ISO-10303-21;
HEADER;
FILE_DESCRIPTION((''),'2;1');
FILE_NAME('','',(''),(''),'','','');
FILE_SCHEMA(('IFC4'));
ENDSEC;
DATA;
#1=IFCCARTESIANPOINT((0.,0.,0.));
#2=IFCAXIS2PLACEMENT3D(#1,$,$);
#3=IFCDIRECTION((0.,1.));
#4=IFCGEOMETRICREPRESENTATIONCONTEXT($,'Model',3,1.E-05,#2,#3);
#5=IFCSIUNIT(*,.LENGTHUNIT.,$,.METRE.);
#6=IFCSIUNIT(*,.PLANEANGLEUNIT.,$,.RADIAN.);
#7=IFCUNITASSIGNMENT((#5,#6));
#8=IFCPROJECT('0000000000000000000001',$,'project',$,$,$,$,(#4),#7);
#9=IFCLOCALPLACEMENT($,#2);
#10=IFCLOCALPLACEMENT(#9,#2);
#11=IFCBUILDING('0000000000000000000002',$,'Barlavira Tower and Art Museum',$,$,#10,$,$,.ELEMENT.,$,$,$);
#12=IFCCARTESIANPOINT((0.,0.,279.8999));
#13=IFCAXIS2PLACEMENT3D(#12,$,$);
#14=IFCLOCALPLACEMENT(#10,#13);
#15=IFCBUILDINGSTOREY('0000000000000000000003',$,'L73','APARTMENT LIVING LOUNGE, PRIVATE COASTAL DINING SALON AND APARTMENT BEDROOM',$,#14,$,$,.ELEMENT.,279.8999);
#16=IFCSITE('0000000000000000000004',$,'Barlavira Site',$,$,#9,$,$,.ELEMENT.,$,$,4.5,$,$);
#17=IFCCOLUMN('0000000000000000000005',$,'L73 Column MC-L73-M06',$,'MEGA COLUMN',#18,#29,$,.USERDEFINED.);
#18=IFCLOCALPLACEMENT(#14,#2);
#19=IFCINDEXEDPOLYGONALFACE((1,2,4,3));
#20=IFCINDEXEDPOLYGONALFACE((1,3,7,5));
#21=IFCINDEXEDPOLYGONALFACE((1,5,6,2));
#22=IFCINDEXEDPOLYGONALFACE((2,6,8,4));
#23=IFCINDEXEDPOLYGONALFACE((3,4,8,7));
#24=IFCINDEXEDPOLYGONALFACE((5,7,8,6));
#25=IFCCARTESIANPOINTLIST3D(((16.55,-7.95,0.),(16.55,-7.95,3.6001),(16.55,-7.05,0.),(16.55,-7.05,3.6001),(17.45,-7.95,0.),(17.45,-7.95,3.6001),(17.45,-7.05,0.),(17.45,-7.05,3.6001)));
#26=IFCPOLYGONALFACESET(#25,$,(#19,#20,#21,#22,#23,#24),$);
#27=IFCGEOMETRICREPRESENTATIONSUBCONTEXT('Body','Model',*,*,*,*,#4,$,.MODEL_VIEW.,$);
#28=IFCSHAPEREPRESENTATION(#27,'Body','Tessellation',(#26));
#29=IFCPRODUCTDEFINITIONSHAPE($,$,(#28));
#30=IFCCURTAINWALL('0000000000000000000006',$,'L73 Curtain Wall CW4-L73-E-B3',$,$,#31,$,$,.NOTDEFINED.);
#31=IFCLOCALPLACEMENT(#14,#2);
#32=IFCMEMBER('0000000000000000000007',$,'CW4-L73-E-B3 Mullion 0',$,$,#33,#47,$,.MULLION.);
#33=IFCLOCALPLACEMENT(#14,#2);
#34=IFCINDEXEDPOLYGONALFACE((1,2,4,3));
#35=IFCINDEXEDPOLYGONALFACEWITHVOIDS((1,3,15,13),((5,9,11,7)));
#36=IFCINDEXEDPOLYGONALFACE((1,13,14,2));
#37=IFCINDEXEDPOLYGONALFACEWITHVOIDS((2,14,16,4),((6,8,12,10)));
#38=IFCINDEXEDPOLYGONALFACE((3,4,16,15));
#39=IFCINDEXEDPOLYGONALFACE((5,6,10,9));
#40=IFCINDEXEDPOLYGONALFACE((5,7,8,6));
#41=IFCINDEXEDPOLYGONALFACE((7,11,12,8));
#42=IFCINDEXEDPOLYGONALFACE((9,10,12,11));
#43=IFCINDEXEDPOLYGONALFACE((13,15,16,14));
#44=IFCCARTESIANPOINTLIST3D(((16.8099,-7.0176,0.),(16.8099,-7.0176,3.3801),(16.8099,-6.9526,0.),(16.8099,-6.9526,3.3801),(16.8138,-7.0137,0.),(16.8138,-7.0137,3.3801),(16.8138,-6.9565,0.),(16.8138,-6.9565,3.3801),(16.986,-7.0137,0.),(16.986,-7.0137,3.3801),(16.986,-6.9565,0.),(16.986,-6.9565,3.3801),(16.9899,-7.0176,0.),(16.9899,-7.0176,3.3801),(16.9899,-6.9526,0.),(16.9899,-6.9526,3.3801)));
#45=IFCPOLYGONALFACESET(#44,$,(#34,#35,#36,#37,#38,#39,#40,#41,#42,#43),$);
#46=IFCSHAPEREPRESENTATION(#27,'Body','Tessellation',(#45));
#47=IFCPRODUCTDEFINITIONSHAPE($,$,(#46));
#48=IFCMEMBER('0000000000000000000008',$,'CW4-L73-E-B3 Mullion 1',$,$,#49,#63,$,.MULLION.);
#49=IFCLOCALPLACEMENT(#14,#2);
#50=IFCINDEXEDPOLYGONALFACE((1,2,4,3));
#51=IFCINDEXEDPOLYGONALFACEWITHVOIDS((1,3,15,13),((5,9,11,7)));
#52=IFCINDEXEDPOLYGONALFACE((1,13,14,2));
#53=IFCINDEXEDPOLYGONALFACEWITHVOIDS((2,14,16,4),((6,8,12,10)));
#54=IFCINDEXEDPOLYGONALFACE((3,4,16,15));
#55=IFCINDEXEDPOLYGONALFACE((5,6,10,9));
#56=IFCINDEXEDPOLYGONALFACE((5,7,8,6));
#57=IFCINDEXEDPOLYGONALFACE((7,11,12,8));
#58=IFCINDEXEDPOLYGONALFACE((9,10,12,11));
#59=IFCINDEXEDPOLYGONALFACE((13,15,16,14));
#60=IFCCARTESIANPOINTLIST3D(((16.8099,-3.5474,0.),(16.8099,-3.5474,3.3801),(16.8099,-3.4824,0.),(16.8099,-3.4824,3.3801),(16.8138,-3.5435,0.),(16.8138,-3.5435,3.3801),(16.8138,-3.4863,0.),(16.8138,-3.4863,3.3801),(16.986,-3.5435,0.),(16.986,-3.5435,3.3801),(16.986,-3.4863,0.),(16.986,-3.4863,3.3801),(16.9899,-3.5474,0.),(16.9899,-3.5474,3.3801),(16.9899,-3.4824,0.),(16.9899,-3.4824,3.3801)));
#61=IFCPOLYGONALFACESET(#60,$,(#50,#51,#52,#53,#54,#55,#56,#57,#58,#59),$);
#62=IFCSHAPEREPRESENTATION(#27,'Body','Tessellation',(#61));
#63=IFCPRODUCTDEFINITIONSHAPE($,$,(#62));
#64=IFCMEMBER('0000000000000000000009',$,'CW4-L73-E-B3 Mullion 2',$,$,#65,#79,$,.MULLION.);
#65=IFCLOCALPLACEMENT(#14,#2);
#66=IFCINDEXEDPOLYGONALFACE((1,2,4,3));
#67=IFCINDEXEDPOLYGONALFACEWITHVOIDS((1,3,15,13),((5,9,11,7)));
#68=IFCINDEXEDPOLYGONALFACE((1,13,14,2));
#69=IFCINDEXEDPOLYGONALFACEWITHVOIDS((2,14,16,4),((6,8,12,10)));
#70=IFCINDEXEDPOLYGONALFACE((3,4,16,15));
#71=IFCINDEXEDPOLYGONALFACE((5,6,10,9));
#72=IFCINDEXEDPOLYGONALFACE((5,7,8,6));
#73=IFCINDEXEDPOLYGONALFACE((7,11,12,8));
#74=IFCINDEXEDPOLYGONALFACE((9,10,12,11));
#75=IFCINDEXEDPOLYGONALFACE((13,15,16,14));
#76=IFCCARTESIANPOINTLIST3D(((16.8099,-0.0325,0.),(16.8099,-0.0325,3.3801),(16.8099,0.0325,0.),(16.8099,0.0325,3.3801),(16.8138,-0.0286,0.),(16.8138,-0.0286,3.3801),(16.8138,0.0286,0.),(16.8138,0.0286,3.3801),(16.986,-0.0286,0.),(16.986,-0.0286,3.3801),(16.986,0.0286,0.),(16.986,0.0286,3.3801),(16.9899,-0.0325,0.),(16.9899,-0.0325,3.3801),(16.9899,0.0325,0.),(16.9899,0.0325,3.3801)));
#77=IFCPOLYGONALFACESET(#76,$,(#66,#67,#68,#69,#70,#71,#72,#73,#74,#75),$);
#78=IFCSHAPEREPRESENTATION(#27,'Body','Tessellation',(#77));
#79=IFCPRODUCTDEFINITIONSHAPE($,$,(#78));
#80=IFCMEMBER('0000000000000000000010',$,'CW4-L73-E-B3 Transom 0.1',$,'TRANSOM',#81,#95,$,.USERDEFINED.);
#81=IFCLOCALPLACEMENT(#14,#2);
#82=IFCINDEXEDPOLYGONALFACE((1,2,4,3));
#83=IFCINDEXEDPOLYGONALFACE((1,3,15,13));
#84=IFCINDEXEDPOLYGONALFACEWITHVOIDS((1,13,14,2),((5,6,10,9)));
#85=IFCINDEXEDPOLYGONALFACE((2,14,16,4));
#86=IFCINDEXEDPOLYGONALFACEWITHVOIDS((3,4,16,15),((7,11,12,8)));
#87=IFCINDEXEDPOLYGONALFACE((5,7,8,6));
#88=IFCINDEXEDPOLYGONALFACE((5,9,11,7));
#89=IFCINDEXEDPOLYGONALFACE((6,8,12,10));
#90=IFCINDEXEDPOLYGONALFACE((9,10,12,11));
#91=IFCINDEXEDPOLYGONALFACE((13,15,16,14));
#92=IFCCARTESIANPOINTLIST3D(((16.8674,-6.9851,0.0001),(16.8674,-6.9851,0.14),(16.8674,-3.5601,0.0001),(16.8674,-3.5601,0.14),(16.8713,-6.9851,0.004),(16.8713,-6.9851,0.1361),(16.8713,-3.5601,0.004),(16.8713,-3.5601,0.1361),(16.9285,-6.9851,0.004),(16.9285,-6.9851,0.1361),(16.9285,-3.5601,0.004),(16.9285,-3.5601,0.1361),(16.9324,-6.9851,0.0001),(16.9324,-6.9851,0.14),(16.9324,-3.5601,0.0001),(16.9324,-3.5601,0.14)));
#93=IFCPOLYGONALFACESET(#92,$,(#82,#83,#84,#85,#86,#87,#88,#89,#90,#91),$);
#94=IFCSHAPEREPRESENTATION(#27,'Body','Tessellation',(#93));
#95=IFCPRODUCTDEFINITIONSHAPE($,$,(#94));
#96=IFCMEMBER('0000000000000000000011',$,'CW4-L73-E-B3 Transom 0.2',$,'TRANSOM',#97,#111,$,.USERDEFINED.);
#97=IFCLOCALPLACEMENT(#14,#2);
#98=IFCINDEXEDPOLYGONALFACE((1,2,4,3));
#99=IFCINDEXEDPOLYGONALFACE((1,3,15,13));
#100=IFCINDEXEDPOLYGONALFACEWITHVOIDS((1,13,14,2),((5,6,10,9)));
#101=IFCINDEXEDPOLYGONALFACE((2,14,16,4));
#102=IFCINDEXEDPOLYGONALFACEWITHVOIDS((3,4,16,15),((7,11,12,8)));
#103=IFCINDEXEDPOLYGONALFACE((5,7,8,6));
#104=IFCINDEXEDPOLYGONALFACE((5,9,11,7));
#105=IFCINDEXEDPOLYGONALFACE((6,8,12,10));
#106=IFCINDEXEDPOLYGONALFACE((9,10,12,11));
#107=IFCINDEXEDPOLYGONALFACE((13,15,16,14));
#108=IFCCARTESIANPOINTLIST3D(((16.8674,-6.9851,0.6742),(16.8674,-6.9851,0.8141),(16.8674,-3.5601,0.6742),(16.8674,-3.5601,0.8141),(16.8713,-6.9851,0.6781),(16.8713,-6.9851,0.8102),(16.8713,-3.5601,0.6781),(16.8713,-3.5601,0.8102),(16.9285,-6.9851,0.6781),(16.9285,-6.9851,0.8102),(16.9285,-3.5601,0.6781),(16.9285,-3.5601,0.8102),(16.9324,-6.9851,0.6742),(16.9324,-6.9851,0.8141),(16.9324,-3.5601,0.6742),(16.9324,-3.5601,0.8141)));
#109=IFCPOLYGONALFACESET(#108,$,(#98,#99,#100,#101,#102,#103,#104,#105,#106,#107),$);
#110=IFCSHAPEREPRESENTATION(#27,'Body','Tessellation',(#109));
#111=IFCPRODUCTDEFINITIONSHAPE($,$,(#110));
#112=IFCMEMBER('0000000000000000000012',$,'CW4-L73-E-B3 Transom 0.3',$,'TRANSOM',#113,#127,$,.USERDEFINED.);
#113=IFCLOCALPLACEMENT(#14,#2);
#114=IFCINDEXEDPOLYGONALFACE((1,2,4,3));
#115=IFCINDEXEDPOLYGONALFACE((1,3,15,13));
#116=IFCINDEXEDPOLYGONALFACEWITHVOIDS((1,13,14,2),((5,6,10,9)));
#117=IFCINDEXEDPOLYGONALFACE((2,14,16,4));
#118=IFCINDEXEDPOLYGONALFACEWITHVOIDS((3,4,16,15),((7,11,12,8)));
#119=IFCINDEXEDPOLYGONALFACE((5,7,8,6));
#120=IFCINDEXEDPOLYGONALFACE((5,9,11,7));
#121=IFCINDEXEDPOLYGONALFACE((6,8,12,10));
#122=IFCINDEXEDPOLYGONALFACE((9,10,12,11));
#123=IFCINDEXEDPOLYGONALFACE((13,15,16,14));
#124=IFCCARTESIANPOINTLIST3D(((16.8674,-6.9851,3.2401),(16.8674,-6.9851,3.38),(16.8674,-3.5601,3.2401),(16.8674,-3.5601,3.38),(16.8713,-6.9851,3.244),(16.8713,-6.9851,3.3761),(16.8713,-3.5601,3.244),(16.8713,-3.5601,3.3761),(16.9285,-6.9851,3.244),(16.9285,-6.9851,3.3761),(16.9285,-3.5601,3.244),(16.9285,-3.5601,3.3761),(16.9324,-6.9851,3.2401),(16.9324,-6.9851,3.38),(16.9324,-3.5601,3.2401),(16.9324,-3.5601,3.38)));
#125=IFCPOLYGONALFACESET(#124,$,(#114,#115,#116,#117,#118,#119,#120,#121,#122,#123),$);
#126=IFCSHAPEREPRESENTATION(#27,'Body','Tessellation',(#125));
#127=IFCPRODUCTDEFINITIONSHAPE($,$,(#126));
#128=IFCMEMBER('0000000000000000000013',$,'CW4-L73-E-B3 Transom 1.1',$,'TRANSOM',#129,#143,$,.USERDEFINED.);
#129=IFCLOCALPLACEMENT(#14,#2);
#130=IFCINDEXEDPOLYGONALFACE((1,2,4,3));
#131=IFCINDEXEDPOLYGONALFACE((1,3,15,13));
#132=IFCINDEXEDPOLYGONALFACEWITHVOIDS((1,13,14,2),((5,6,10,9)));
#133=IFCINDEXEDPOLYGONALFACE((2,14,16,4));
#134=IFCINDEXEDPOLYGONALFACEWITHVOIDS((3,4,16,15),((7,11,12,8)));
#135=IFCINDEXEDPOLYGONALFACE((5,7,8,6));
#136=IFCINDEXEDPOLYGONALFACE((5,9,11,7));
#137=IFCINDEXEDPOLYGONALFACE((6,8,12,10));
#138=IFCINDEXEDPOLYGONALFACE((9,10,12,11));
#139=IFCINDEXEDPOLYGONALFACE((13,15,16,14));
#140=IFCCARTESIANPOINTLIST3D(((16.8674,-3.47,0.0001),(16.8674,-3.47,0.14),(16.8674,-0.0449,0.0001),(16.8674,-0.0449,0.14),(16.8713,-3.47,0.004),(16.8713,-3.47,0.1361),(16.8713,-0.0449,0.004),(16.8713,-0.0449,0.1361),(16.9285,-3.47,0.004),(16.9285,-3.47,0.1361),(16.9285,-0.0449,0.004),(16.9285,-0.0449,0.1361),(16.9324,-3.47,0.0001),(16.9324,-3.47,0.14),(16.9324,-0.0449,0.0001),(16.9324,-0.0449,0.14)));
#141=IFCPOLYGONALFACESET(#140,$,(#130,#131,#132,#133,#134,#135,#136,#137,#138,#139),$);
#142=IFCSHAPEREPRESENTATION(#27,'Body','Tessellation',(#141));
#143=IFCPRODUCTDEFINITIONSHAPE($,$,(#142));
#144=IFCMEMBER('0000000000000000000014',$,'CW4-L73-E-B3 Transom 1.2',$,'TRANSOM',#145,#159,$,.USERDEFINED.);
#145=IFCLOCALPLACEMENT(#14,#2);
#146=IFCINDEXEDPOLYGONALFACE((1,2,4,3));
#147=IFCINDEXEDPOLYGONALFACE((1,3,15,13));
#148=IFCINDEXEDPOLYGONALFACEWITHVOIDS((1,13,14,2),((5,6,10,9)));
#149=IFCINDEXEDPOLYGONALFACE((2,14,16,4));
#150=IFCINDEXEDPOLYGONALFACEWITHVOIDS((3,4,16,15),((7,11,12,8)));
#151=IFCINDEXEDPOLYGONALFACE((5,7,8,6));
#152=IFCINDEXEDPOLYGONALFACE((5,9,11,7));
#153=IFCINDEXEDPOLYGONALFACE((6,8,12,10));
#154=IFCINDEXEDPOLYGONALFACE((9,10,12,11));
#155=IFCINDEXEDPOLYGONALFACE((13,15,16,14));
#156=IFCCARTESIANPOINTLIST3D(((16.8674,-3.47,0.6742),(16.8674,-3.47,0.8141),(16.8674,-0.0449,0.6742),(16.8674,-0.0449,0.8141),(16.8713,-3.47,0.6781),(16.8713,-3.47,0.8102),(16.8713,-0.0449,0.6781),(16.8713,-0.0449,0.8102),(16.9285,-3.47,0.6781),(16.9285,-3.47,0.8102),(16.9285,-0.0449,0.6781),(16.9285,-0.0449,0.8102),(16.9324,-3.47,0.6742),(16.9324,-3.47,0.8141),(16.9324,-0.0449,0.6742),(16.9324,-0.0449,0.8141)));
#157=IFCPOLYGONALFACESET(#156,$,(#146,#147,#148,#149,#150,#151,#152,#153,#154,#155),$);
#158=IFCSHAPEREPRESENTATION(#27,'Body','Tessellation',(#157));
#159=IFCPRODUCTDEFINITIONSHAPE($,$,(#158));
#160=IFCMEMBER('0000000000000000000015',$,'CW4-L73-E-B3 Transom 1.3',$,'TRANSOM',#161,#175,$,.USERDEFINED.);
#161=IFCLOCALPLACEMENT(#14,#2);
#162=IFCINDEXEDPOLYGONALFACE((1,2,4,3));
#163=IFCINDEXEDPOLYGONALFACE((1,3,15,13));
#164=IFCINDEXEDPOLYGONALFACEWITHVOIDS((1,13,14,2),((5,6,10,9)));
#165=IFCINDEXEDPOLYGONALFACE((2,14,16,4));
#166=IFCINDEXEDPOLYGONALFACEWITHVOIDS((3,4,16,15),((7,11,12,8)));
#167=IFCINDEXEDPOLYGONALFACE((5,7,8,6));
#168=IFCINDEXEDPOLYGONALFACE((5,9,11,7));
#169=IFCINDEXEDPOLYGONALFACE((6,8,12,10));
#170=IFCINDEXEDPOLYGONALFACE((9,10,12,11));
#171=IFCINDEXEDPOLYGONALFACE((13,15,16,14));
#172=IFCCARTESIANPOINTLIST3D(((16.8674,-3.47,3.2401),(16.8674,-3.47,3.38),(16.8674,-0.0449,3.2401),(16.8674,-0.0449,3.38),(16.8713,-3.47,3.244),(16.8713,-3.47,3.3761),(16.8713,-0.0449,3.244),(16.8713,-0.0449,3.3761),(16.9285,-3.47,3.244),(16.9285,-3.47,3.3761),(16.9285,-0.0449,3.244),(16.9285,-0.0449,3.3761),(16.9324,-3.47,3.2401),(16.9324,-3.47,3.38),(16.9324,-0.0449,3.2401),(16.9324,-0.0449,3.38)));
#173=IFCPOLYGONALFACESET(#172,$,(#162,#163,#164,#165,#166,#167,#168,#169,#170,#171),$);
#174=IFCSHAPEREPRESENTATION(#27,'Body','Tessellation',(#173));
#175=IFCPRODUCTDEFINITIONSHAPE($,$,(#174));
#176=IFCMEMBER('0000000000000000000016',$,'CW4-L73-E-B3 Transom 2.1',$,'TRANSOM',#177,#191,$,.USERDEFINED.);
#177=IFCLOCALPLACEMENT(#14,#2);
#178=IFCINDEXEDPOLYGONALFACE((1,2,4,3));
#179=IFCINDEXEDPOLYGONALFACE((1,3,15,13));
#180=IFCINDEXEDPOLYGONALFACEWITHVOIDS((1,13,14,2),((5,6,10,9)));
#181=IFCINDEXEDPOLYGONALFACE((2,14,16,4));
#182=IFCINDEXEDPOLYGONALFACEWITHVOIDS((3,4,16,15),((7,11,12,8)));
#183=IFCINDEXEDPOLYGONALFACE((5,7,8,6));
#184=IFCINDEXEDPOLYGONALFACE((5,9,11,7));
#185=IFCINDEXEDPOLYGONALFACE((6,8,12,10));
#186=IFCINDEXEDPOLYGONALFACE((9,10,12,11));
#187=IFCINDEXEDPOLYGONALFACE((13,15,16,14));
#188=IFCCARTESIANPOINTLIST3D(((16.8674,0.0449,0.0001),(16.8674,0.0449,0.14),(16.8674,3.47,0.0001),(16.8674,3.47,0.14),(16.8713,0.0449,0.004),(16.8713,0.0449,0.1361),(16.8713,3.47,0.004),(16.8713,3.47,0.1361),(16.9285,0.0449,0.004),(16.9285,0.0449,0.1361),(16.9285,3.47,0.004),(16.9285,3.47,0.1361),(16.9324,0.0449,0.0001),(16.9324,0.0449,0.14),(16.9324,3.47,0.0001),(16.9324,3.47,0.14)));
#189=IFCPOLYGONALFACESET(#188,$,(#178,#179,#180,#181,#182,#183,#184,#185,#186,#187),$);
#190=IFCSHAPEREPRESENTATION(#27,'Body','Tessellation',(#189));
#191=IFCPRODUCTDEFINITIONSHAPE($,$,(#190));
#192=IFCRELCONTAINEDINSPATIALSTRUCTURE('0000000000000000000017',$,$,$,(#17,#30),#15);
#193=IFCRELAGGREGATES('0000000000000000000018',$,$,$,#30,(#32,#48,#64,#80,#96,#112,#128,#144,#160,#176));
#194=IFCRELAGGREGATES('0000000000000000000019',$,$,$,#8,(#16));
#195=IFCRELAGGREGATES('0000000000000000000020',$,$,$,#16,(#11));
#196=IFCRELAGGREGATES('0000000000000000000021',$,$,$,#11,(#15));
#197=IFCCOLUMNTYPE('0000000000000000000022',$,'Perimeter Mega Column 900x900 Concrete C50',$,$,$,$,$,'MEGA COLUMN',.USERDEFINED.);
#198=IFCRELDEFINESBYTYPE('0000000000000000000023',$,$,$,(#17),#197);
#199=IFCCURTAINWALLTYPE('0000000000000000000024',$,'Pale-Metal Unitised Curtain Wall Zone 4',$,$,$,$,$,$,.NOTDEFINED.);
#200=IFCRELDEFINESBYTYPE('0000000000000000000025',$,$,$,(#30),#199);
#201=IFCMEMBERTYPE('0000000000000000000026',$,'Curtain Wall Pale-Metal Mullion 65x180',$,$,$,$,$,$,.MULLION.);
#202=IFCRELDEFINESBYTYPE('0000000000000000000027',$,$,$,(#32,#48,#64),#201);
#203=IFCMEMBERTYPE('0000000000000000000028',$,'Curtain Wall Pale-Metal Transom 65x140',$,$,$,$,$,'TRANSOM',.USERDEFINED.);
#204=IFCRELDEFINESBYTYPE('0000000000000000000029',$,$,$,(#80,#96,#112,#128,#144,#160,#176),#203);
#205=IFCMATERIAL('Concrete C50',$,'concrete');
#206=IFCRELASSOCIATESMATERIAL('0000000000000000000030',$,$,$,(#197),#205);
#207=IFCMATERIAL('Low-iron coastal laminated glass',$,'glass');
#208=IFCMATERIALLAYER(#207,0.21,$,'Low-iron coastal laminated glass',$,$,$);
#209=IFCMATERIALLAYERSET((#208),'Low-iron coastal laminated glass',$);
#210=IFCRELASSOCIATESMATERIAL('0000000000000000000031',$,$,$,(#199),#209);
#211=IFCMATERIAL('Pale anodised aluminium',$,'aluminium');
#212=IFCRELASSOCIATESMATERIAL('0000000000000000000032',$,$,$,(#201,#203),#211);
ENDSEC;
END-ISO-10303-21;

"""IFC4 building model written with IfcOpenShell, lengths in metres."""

from ifc_helpers import new_model, si_unit, direction, frame, origin, origin_2d, place, context, subcontext, project, spatial, rectangle, hollow_rectangle, extrude, material, layer, layer_set, material_profile, profile_set, type_object, element, aggregate, save


model = new_model("IFC4")

# Units and contexts
model_context = context("Model", 3, precision=1e-05, world=origin(), true_north=direction((0.0, 1.0)))
body_context = subcontext(model_context, "Body", "Model", "MODEL_VIEW")
ifc_project = project(units=[si_unit("LENGTHUNIT", "METRE"), si_unit("PLANEANGLEUNIT", "RADIAN")], contexts=[model_context])

# Site, building, storey
site_placement = place(None, origin())
site = spatial("IfcSite", under=ifc_project, at=site_placement, Name="Barlavira Site", CompositionType="ELEMENT", RefElevation=4.5)
building_placement = place(site_placement, origin())
building = spatial("IfcBuilding", under=site, at=building_placement, Name="Barlavira Tower and Art Museum", CompositionType="ELEMENT")
storey_placement = place(building_placement, frame((0.0, 0.0, 279.8999)))
storey = spatial("IfcBuildingStorey", under=building, at=storey_placement, Name="L73", Description="APARTMENT LIVING LOUNGE, PRIVATE COASTAL DINING SALON AND APARTMENT BEDROOM", CompositionType="ELEMENT", Elevation=279.8999)

# Column
ifc_material_1 = material(Name="Concrete C50", Category="concrete")
ifc_material_profile_1 = material_profile(ifc_material_1, rectangle(XDim=0.8999, YDim=0.8999, at=origin_2d()), Name="RC-COL 900x900")
ifc_profile_set_1 = profile_set([ifc_material_profile_1], Name="Concrete C50")
column_type = type_object("IfcColumnType", Name="Perimeter Mega Column 900x900 Concrete C50", ElementType="MEGA COLUMN", PredefinedType="USERDEFINED", material=ifc_profile_set_1)
column_placement = place(storey_placement, frame((17.0, -7.5, 0.0), z_axis=(0.0, 0.0, 1.0), x_axis=(1.0, 0.0, 0.0)))
element("IfcColumn", 1, at=column_placement, inside=storey, type_object=column_type, Name="L73 Column MC-L73-M06", ObjectType="MEGA COLUMN", PredefinedType="USERDEFINED", context=body_context, shape_type="SweptSolid", body=[
    extrude(rectangle(XDim=0.8999, YDim=0.8999, at=origin_2d()), origin(), (0.0, 0.0, 1.0), 3.6001),
])

# Curtain wall, members
ifc_material_2 = material(Name="Low-iron coastal laminated glass", Category="glass")
ifc_layer_1 = layer(ifc_material_2, 0.21, Name="Low-iron coastal laminated glass")
ifc_layer_set_1 = layer_set([ifc_layer_1], Name="Low-iron coastal laminated glass")
curtain_wall_type = type_object("IfcCurtainWallType", Name="Pale-Metal Unitised Curtain Wall Zone 4", PredefinedType="NOTDEFINED", material=ifc_layer_set_1)
curtain_wall_placement = place(storey_placement, origin())
curtain_wall = element("IfcCurtainWall", 2, at=curtain_wall_placement, inside=storey, type_object=curtain_wall_type, Name="L73 Curtain Wall CW4-L73-E-B3", PredefinedType="NOTDEFINED")
ifc_material_3 = material(Name="Pale anodised aluminium", Category="aluminium")
ifc_material_profile_2 = material_profile(ifc_material_3, hollow_rectangle(XDim=0.0649, YDim=0.1799, WallThickness=0.0039, at=origin_2d()), Name="ALU-MULL 65x180x4")
ifc_profile_set_2 = profile_set([ifc_material_profile_2], Name="Pale anodised aluminium")
member_type_1 = type_object("IfcMemberType", Name="Curtain Wall Pale-Metal Mullion 65x180", PredefinedType="MULLION", material=ifc_profile_set_2)
member_1_placement = place(storey_placement, frame((16.8999, -6.9851, 0.0), z_axis=(0.0, 0.0, 1.0), x_axis=(0.0, 1.0, 0.0)))
member_1 = element("IfcMember", 3, at=member_1_placement, type_object=member_type_1, Name="CW4-L73-E-B3 Mullion 0", PredefinedType="MULLION", context=body_context, shape_type="SweptSolid", body=[
    extrude(hollow_rectangle(XDim=0.0649, YDim=0.1799, WallThickness=0.0039, at=origin_2d()), origin(), (0.0, 0.0, 1.0), 3.3801),
])
member_2_placement = place(storey_placement, frame((16.8999, -3.5149, 0.0), z_axis=(0.0, 0.0, 1.0), x_axis=(0.0, 1.0, 0.0)))
member_2 = element("IfcMember", 4, at=member_2_placement, type_object=member_type_1, Name="CW4-L73-E-B3 Mullion 1", PredefinedType="MULLION", context=body_context, shape_type="SweptSolid", body=[
    extrude(hollow_rectangle(XDim=0.0649, YDim=0.1799, WallThickness=0.0039, at=origin_2d()), origin(), (0.0, 0.0, 1.0), 3.3801),
])
member_3_placement = place(storey_placement, frame((16.8999, 0.0, 0.0), z_axis=(0.0, 0.0, 1.0), x_axis=(0.0, 1.0, 0.0)))
member_3 = element("IfcMember", 5, at=member_3_placement, type_object=member_type_1, Name="CW4-L73-E-B3 Mullion 2", PredefinedType="MULLION", context=body_context, shape_type="SweptSolid", body=[
    extrude(hollow_rectangle(XDim=0.0649, YDim=0.1799, WallThickness=0.0039, at=origin_2d()), origin(), (0.0, 0.0, 1.0), 3.3801),
])
ifc_material_profile_3 = material_profile(ifc_material_3, hollow_rectangle(XDim=0.0649, YDim=0.1399, WallThickness=0.0039, at=origin_2d()), Name="ALU-TRAN 65x140x4")
ifc_profile_set_3 = profile_set([ifc_material_profile_3], Name="Pale anodised aluminium")
member_type_2 = type_object("IfcMemberType", Name="Curtain Wall Pale-Metal Transom 65x140", ElementType="TRANSOM", PredefinedType="USERDEFINED", material=ifc_profile_set_3)
member_4_placement = place(storey_placement, frame((16.8999, -6.9851, 0.0701), z_axis=(0.0, 1.0, 0.0), x_axis=(-1.0, 0.0, 0.0)))
member_4 = element("IfcMember", 6, at=member_4_placement, type_object=member_type_2, Name="CW4-L73-E-B3 Transom 0.1", ObjectType="TRANSOM", PredefinedType="USERDEFINED", context=body_context, shape_type="SweptSolid", body=[
    extrude(hollow_rectangle(XDim=0.0649, YDim=0.1399, WallThickness=0.0039, at=origin_2d()), origin(), (0.0, 0.0, 1.0), 3.425),
])
member_5_placement = place(storey_placement, frame((16.8999, -6.9851, 0.7441), z_axis=(0.0, 1.0, 0.0), x_axis=(-1.0, 0.0, 0.0)))
member_5 = element("IfcMember", 7, at=member_5_placement, type_object=member_type_2, Name="CW4-L73-E-B3 Transom 0.2", ObjectType="TRANSOM", PredefinedType="USERDEFINED", context=body_context, shape_type="SweptSolid", body=[
    extrude(hollow_rectangle(XDim=0.0649, YDim=0.1399, WallThickness=0.0039, at=origin_2d()), origin(), (0.0, 0.0, 1.0), 3.425),
])
member_6_placement = place(storey_placement, frame((16.8999, -6.9851, 3.3101), z_axis=(0.0, 1.0, 0.0), x_axis=(-1.0, 0.0, 0.0)))
member_6 = element("IfcMember", 8, at=member_6_placement, type_object=member_type_2, Name="CW4-L73-E-B3 Transom 0.3", ObjectType="TRANSOM", PredefinedType="USERDEFINED", context=body_context, shape_type="SweptSolid", body=[
    extrude(hollow_rectangle(XDim=0.0649, YDim=0.1399, WallThickness=0.0039, at=origin_2d()), origin(), (0.0, 0.0, 1.0), 3.425),
])
member_7_placement = place(storey_placement, frame((16.8999, -3.47, 0.0701), z_axis=(0.0, 1.0, 0.0), x_axis=(-1.0, 0.0, 0.0)))
member_7 = element("IfcMember", 9, at=member_7_placement, type_object=member_type_2, Name="CW4-L73-E-B3 Transom 1.1", ObjectType="TRANSOM", PredefinedType="USERDEFINED", context=body_context, shape_type="SweptSolid", body=[
    extrude(hollow_rectangle(XDim=0.0649, YDim=0.1399, WallThickness=0.0039, at=origin_2d()), origin(), (0.0, 0.0, 1.0), 3.425),
])
member_8_placement = place(storey_placement, frame((16.8999, -3.47, 0.7441), z_axis=(0.0, 1.0, 0.0), x_axis=(-1.0, 0.0, 0.0)))
member_8 = element("IfcMember", 10, at=member_8_placement, type_object=member_type_2, Name="CW4-L73-E-B3 Transom 1.2", ObjectType="TRANSOM", PredefinedType="USERDEFINED", context=body_context, shape_type="SweptSolid", body=[
    extrude(hollow_rectangle(XDim=0.0649, YDim=0.1399, WallThickness=0.0039, at=origin_2d()), origin(), (0.0, 0.0, 1.0), 3.425),
])
member_9_placement = place(storey_placement, frame((16.8999, -3.47, 3.3101), z_axis=(0.0, 1.0, 0.0), x_axis=(-1.0, 0.0, 0.0)))
member_9 = element("IfcMember", 11, at=member_9_placement, type_object=member_type_2, Name="CW4-L73-E-B3 Transom 1.3", ObjectType="TRANSOM", PredefinedType="USERDEFINED", context=body_context, shape_type="SweptSolid", body=[
    extrude(hollow_rectangle(XDim=0.0649, YDim=0.1399, WallThickness=0.0039, at=origin_2d()), origin(), (0.0, 0.0, 1.0), 3.425),
])
member_10_placement = place(storey_placement, frame((16.8999, 0.0449, 0.0701), z_axis=(0.0, 1.0, 0.0), x_axis=(-1.0, 0.0, 0.0)))
member_10 = element("IfcMember", 12, at=member_10_placement, type_object=member_type_2, Name="CW4-L73-E-B3 Transom 2.1", ObjectType="TRANSOM", PredefinedType="USERDEFINED", context=body_context, shape_type="SweptSolid", body=[
    extrude(hollow_rectangle(XDim=0.0649, YDim=0.1399, WallThickness=0.0039, at=origin_2d()), origin(), (0.0, 0.0, 1.0), 3.425),
])

aggregate(curtain_wall, [member_1, member_2, member_3, member_4, member_5, member_6, member_7, member_8, member_9, member_10])

save(model, "model.ifc")
